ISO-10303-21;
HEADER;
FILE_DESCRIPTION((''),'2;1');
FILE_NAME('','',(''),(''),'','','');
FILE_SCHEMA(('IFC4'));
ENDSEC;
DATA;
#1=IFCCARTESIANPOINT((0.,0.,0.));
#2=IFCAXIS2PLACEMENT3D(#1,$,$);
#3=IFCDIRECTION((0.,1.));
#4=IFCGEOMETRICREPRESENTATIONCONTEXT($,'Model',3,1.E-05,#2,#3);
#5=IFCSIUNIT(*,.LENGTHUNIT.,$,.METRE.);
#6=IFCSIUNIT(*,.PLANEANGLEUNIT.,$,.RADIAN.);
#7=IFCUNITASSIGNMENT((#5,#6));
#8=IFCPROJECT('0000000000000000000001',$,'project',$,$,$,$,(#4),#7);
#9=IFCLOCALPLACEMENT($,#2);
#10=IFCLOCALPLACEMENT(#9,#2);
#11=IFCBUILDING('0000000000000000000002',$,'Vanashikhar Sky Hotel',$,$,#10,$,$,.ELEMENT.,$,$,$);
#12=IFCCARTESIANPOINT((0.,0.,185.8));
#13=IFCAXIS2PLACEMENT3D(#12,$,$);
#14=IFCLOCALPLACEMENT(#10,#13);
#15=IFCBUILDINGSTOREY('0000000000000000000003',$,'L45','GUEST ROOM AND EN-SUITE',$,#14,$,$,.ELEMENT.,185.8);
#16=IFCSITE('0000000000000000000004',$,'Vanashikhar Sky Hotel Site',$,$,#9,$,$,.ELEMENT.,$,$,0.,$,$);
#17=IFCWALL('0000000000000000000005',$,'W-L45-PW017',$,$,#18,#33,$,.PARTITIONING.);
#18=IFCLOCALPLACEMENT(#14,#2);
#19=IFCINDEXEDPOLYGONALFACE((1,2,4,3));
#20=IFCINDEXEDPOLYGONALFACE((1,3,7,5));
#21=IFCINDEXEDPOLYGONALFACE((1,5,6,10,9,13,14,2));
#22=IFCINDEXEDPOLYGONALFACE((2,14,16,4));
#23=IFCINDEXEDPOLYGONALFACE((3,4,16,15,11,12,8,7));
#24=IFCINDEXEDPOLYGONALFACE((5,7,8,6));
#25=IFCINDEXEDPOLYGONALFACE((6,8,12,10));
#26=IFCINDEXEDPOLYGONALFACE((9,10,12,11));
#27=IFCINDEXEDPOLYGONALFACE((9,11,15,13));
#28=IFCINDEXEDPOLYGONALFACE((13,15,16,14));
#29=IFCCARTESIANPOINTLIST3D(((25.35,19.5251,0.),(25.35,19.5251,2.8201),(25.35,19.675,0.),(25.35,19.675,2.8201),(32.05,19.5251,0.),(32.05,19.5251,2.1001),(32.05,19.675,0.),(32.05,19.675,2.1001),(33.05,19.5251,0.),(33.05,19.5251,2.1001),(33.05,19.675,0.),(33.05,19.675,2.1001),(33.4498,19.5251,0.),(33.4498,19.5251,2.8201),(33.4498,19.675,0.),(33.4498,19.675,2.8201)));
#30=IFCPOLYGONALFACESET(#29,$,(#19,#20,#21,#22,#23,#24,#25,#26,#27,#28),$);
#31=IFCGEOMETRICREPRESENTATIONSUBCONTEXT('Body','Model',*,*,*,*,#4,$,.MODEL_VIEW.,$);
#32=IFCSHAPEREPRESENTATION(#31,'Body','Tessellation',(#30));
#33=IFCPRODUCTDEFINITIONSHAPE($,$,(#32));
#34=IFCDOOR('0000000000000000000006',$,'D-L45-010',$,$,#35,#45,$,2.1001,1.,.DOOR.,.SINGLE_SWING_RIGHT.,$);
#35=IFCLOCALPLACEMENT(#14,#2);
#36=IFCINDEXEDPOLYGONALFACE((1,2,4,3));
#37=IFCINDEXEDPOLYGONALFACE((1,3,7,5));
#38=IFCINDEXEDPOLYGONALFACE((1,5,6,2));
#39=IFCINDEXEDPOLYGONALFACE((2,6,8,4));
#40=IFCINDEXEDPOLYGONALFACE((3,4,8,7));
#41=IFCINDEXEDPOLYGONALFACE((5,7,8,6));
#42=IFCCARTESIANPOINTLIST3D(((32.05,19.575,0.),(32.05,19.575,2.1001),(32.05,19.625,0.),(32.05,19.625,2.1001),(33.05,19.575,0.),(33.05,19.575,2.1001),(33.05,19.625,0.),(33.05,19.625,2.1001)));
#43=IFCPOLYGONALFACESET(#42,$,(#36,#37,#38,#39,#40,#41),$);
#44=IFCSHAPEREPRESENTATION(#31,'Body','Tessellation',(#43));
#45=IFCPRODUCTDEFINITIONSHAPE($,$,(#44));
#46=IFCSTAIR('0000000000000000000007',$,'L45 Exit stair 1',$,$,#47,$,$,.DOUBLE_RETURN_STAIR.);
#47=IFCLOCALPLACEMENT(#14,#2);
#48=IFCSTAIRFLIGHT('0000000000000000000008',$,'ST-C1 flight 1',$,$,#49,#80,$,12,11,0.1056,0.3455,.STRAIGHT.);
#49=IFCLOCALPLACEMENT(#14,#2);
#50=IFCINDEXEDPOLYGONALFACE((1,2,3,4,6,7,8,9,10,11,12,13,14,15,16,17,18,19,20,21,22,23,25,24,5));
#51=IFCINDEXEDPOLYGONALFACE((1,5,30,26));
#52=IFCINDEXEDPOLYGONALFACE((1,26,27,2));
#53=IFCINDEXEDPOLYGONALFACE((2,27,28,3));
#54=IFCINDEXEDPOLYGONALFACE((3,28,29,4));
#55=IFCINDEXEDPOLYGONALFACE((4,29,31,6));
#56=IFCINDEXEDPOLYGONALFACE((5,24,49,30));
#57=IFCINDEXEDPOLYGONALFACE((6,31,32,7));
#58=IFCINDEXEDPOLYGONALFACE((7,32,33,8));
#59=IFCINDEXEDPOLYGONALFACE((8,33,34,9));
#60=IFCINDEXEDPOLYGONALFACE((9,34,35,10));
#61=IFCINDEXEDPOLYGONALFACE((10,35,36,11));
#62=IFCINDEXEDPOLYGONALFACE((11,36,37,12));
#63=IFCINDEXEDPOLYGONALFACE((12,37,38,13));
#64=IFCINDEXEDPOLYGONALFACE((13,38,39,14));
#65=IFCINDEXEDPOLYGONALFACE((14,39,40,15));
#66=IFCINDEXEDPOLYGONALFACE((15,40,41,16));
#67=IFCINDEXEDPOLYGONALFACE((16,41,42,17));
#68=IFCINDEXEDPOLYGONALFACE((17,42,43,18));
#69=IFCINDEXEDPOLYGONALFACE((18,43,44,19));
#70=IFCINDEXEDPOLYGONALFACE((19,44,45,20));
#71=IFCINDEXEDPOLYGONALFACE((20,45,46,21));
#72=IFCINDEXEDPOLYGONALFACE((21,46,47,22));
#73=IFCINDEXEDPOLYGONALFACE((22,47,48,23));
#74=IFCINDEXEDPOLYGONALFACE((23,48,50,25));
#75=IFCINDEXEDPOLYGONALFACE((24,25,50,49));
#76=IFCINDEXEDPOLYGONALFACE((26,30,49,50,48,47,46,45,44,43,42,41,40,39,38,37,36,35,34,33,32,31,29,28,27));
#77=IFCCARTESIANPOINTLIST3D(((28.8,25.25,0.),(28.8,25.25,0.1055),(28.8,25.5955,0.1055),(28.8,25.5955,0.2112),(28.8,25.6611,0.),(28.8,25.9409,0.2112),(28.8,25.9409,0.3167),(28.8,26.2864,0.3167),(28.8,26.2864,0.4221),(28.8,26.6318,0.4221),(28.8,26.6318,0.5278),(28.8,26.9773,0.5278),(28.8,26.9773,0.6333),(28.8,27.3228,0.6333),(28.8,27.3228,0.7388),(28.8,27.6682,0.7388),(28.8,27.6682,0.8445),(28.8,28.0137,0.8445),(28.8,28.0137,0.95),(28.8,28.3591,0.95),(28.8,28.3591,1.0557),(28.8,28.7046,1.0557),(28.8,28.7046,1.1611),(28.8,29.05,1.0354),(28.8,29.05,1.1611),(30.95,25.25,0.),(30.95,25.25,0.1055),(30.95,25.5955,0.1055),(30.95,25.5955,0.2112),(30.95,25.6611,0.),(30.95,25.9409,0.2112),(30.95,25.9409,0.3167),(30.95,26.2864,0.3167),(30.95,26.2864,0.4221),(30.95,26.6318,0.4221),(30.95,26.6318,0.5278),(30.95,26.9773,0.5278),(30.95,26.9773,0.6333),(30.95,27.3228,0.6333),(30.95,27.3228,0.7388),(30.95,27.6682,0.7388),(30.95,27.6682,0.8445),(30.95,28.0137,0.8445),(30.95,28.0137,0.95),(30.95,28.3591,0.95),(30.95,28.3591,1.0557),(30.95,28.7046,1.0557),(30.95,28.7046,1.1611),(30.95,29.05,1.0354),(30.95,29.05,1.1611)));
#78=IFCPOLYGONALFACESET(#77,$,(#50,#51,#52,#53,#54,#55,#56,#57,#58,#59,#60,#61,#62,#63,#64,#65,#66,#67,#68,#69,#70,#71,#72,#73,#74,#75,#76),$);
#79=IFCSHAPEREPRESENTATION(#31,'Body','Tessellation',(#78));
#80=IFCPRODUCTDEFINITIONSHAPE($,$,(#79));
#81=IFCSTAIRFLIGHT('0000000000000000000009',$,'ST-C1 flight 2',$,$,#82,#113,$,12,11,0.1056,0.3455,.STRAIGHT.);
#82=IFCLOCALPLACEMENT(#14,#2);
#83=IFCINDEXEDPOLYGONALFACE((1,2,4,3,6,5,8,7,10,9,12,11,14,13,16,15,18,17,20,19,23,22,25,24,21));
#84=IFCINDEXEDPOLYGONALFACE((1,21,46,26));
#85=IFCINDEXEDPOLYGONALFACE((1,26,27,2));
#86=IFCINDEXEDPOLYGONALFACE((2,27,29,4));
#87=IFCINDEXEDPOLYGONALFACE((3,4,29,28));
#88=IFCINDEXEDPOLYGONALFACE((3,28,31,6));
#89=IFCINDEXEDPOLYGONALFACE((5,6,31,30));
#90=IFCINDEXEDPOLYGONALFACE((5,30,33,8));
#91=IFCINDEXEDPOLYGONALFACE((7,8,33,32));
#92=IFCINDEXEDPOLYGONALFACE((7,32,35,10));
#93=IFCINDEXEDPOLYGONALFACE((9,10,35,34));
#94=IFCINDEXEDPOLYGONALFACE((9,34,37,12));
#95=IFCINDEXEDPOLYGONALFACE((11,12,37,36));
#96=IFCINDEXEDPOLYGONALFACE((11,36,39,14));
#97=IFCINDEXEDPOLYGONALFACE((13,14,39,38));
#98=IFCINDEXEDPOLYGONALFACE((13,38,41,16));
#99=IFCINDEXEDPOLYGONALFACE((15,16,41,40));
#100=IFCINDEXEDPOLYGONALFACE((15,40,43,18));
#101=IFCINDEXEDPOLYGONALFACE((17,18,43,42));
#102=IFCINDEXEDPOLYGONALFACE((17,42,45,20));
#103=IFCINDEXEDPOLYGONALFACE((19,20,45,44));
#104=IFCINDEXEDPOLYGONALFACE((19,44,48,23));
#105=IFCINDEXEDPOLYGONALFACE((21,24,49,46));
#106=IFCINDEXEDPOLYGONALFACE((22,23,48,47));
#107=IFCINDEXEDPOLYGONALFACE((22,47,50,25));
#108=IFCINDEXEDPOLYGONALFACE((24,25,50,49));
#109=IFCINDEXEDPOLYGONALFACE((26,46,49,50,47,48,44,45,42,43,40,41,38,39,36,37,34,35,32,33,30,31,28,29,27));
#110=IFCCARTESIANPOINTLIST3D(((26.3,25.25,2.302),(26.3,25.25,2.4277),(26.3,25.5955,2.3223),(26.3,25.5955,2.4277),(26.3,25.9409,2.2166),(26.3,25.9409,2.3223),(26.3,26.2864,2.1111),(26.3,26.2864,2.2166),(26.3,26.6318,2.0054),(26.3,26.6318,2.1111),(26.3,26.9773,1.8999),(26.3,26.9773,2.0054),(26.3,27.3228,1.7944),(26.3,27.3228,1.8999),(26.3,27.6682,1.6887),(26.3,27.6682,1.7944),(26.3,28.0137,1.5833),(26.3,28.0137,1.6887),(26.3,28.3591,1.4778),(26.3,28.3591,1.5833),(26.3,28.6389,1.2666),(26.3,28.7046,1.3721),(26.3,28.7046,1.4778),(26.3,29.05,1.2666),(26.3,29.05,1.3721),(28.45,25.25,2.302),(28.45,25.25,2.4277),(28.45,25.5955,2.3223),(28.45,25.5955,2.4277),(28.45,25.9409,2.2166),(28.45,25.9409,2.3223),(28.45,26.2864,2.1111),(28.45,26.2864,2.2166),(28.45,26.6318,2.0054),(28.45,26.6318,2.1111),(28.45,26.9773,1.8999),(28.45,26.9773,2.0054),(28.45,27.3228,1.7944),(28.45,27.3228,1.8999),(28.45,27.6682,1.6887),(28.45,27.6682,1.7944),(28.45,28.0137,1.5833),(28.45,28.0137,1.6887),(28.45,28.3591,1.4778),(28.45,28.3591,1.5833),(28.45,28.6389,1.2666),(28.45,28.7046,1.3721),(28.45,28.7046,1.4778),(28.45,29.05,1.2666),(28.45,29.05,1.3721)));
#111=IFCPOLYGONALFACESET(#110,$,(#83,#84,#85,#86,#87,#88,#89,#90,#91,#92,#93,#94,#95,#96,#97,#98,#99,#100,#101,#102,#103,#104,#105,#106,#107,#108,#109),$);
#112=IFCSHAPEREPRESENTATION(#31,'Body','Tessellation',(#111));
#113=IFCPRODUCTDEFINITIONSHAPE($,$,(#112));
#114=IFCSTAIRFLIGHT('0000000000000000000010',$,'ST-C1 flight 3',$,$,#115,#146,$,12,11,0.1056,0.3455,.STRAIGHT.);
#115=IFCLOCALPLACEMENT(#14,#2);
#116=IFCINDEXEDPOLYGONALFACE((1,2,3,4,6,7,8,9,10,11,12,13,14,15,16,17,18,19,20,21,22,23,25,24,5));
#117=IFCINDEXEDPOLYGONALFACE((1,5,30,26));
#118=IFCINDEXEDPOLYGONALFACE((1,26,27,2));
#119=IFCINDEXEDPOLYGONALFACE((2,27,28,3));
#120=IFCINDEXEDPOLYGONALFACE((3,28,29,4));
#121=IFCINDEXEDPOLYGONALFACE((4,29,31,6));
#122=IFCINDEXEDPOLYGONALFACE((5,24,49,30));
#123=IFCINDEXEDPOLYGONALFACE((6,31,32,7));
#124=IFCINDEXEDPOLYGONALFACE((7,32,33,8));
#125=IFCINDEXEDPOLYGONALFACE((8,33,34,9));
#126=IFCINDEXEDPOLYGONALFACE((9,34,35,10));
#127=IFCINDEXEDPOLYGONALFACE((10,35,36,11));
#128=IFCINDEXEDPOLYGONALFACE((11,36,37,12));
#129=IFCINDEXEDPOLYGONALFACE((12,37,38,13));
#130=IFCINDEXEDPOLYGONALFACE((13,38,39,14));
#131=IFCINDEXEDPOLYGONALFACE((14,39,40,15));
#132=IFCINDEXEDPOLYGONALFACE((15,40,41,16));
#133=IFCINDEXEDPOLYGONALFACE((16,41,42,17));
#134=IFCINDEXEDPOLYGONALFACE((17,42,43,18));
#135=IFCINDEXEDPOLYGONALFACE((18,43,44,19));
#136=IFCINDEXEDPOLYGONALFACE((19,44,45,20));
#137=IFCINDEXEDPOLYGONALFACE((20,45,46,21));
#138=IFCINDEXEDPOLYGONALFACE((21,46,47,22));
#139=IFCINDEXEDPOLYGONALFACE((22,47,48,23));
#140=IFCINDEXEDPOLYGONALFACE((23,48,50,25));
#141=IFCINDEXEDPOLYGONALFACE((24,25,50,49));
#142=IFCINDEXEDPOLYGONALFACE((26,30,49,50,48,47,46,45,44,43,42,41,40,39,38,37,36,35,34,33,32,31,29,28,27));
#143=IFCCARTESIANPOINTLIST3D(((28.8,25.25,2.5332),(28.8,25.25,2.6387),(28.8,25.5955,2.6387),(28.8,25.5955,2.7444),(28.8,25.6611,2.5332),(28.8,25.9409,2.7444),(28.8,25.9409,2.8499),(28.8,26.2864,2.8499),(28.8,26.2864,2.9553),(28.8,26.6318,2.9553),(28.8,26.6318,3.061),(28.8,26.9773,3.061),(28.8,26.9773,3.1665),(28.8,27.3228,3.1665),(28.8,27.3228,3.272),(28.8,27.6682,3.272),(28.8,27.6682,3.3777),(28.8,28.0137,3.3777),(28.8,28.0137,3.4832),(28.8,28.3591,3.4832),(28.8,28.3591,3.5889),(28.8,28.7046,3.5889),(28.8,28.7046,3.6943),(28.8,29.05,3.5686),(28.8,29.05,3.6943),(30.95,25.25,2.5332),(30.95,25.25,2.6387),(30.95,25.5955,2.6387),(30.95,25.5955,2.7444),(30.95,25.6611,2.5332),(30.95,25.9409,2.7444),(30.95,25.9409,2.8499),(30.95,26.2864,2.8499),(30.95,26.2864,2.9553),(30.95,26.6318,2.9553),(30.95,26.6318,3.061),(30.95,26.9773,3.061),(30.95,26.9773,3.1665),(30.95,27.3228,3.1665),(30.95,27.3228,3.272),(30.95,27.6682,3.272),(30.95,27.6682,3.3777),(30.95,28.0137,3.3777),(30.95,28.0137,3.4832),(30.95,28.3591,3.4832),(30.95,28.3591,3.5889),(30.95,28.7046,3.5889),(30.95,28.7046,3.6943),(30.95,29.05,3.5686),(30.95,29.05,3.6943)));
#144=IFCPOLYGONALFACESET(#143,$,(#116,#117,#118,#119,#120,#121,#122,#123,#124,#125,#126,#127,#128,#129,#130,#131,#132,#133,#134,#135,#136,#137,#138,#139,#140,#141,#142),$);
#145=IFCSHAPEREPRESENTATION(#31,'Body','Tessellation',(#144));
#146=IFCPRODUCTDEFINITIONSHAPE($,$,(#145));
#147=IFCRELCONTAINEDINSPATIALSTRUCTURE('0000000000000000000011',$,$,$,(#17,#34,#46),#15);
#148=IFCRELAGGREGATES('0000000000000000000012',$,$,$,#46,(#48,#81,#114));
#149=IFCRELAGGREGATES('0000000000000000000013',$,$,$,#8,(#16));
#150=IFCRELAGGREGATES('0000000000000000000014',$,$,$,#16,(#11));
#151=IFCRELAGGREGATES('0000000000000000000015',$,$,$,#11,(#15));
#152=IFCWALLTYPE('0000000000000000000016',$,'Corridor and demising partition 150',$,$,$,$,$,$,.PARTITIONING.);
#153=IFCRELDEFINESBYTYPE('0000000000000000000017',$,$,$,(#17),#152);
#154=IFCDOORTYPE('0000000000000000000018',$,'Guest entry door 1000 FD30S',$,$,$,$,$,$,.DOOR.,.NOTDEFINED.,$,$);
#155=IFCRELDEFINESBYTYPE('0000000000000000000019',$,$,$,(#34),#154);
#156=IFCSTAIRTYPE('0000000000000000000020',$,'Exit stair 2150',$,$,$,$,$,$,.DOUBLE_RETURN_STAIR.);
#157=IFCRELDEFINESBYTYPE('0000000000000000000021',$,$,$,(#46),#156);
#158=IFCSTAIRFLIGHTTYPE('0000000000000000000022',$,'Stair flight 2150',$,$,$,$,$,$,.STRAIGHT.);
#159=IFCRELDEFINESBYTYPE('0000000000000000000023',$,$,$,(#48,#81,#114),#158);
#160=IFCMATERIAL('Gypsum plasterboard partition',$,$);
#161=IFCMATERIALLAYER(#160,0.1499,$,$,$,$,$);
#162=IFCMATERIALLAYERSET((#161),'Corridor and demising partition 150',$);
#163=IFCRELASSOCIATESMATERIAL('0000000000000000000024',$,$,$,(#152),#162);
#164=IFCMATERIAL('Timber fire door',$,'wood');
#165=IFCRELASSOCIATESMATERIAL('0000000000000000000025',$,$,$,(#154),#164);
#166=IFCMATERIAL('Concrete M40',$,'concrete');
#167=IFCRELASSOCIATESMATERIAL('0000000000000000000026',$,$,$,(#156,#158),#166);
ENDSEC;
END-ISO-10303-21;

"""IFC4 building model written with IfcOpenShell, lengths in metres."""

from ifc_helpers import new_model, si_unit, direction, frame, frame_2d, origin, place, context, subcontext, project, spatial, polyline, rectangle, outline, extrude, source, transform, mapped, material, layer, layer_set, type_object, element, fill, aggregate, save


model = new_model("IFC4")

# Units and contexts
model_context = context("Model", 3, precision=1e-05, world=origin(), true_north=direction((0.0, 1.0)))
body_context = subcontext(model_context, "Body", "Model", "MODEL_VIEW")
ifc_project = project(units=[si_unit("LENGTHUNIT", "METRE"), si_unit("PLANEANGLEUNIT", "RADIAN")], contexts=[model_context])

# Site, building, storey
site_placement = place(None, origin())
site = spatial("IfcSite", under=ifc_project, at=site_placement, Name="Vanashikhar Sky Hotel Site", CompositionType="ELEMENT", RefElevation=0.0)
building_placement = place(site_placement, origin())
building = spatial("IfcBuilding", under=site, at=building_placement, Name="Vanashikhar Sky Hotel", CompositionType="ELEMENT")
storey_placement = place(building_placement, frame((0.0, 0.0, 185.8)))
storey = spatial("IfcBuildingStorey", under=building, at=storey_placement, Name="L45", Description="GUEST ROOM AND EN-SUITE", CompositionType="ELEMENT", Elevation=185.8)

# Shared definitions
ifc_material_1 = material(Name="Concrete M40", Category="concrete")

# Wall, opening, door
ifc_material_2 = material(Name="Gypsum plasterboard partition")
ifc_layer_1 = layer(ifc_material_2, 0.1499)
ifc_layer_set_1 = layer_set([ifc_layer_1], Name="Corridor and demising partition 150")
wall_type_1 = type_object("IfcWallType", Name="Corridor and demising partition 150", PredefinedType="PARTITIONING", material=ifc_layer_set_1)
shared_shape_1 = source(origin(), body_context, "Body", "SweptSolid", [
    extrude(rectangle(XDim=1.0, YDim=2.1001, at=frame_2d((0.5, 1.05))), frame((0.0, 0.085, 0.0), z_axis=(0.0, -1.0, 0.0), x_axis=(1.0, 0.0, 0.0)), (0.0, 0.0, 1.0), 0.1699),
])
ifc_material_3 = material(Name="Timber fire door", Category="wood")
door_type_1 = type_object("IfcDoorType", Name="Guest entry door 1000 FD30S", OperationType="NOTDEFINED", PredefinedType="DOOR", material=ifc_material_3)
shared_shape_2 = source(origin(), body_context, "Body", "SweptSolid", [
    extrude(rectangle(XDim=1.0, YDim=2.1001, at=frame_2d((0.5, 1.05))), frame((0.0, 0.0249, 0.0), z_axis=(0.0, -1.0, 0.0), x_axis=(1.0, 0.0, 0.0)), (0.0, 0.0, 1.0), 0.05),
])
shared_shape_3 = source(origin(), body_context, "Body", "SweptSolid", [
    extrude(rectangle(XDim=8.0999, YDim=0.1499, at=frame_2d((4.0498, 0.0))), origin(), (0.0, 0.0, 1.0), 2.8201),
])
wall_1_placement = place(storey_placement, frame((25.3501, 19.6001, 0.0), z_axis=(0.0, 0.0, 1.0), x_axis=(1.0, 0.0, 0.0)))
wall_1 = element("IfcWall", 1, at=wall_1_placement, inside=storey, type_object=wall_type_1, Name="W-L45-PW017", PredefinedType="PARTITIONING", context=body_context, shape_type="MappedRepresentation", body=[
    mapped(shared_shape_3, transform((0.0, 0.0, 0.0), scale=1.0)),
])
opening_1_placement = place(wall_1_placement, frame((6.7, 0.0, 0.0)))
opening_1 = element("IfcOpeningElement", 2, at=opening_1_placement, cuts=wall_1, PredefinedType="OPENING", context=body_context, shape_type="MappedRepresentation", body=[
    mapped(shared_shape_1, transform((0.0, 0.0, 0.0), scale=1.0)),
])
door_1_placement = place(opening_1_placement, origin())
door_1 = element("IfcDoor", 3, at=door_1_placement, inside=storey, type_object=door_type_1, Name="D-L45-010", OperationType="SINGLE_SWING_RIGHT", OverallHeight=2.1001, OverallWidth=1.0, PredefinedType="DOOR", context=body_context, shape_type="MappedRepresentation", body=[
    mapped(shared_shape_2, transform((0.0, 0.0, 0.0), scale=1.0)),
])
fill(opening_1, door_1)

# Stair, stair flights
stair_type = type_object("IfcStairType", Name="Exit stair 2150", PredefinedType="DOUBLE_RETURN_STAIR", material=ifc_material_1)
stair_placement = place(storey_placement, origin())
stair = element("IfcStair", 4, at=stair_placement, inside=storey, type_object=stair_type, Name="L45 Exit stair 1", PredefinedType="DOUBLE_RETURN_STAIR")
stair_flight_type = type_object("IfcStairFlightType", Name="Stair flight 2150", PredefinedType="STRAIGHT", material=ifc_material_1)
shared_shape_4 = source(origin(), body_context, "Body", "SweptSolid", [
    extrude(outline(polyline([(0.0, 0.0), (0.0, 0.1055), (0.3455, 0.1055), (0.3455, 0.2112), (0.6909, 0.2112), (0.6909, 0.3167), (1.0364, 0.3167), (1.0364, 0.4221), (1.3818, 0.4221), (1.3818, 0.5278), (1.7273, 0.5278), (1.7273, 0.6333), (2.0728, 0.6333), (2.0728, 0.7388), (2.4182, 0.7388), (2.4182, 0.8445), (2.7637, 0.8445), (2.7637, 0.95), (3.1091, 0.95), (3.1091, 1.0557), (3.4546, 1.0557), (3.4546, 1.1611), (3.8, 1.1611), (3.8, 1.2666), (3.8, 1.0354), (0.4111, 0.0), (0.0, 0.0)])), frame((0.0, 1.075, 0.0), z_axis=(0.0, -1.0, 0.0), x_axis=(1.0, 0.0, 0.0)), (0.0, 0.0, 1.0), 2.1499),
])
stair_flight_1_placement = place(storey_placement, frame((29.875, 25.25, 0.0), z_axis=(0.0, 0.0, 1.0), x_axis=(0.0, 1.0, 0.0)))
stair_flight_1 = element("IfcStairFlight", 5, at=stair_flight_1_placement, type_object=stair_flight_type, Name="ST-C1 flight 1", NumberOfRisers=12, NumberOfTreads=11, PredefinedType="STRAIGHT", RiserHeight=0.1056, TreadLength=0.3455, context=body_context, shape_type="MappedRepresentation", body=[
    mapped(shared_shape_4, transform((0.0, 0.0, 0.0), scale=1.0)),
])
stair_flight_2_placement = place(storey_placement, frame((27.375, 29.05, 1.2666), z_axis=(0.0, 0.0, 1.0), x_axis=(0.0, -1.0, 0.0)))
stair_flight_2 = element("IfcStairFlight", 6, at=stair_flight_2_placement, type_object=stair_flight_type, Name="ST-C1 flight 2", NumberOfRisers=12, NumberOfTreads=11, PredefinedType="STRAIGHT", RiserHeight=0.1056, TreadLength=0.3455, context=body_context, shape_type="MappedRepresentation", body=[
    mapped(shared_shape_4, transform((0.0, 0.0, 0.0), scale=1.0)),
])
stair_flight_3_placement = place(storey_placement, frame((29.875, 25.25, 2.5332), z_axis=(0.0, 0.0, 1.0), x_axis=(0.0, 1.0, 0.0)))
stair_flight_3 = element("IfcStairFlight", 7, at=stair_flight_3_placement, type_object=stair_flight_type, Name="ST-C1 flight 3", NumberOfRisers=12, NumberOfTreads=11, PredefinedType="STRAIGHT", RiserHeight=0.1056, TreadLength=0.3455, context=body_context, shape_type="MappedRepresentation", body=[
    mapped(shared_shape_4, transform((0.0, 0.0, 0.0), scale=1.0)),
])
aggregate(stair, [stair_flight_1, stair_flight_2, stair_flight_3])

save(model, "model.ifc")
